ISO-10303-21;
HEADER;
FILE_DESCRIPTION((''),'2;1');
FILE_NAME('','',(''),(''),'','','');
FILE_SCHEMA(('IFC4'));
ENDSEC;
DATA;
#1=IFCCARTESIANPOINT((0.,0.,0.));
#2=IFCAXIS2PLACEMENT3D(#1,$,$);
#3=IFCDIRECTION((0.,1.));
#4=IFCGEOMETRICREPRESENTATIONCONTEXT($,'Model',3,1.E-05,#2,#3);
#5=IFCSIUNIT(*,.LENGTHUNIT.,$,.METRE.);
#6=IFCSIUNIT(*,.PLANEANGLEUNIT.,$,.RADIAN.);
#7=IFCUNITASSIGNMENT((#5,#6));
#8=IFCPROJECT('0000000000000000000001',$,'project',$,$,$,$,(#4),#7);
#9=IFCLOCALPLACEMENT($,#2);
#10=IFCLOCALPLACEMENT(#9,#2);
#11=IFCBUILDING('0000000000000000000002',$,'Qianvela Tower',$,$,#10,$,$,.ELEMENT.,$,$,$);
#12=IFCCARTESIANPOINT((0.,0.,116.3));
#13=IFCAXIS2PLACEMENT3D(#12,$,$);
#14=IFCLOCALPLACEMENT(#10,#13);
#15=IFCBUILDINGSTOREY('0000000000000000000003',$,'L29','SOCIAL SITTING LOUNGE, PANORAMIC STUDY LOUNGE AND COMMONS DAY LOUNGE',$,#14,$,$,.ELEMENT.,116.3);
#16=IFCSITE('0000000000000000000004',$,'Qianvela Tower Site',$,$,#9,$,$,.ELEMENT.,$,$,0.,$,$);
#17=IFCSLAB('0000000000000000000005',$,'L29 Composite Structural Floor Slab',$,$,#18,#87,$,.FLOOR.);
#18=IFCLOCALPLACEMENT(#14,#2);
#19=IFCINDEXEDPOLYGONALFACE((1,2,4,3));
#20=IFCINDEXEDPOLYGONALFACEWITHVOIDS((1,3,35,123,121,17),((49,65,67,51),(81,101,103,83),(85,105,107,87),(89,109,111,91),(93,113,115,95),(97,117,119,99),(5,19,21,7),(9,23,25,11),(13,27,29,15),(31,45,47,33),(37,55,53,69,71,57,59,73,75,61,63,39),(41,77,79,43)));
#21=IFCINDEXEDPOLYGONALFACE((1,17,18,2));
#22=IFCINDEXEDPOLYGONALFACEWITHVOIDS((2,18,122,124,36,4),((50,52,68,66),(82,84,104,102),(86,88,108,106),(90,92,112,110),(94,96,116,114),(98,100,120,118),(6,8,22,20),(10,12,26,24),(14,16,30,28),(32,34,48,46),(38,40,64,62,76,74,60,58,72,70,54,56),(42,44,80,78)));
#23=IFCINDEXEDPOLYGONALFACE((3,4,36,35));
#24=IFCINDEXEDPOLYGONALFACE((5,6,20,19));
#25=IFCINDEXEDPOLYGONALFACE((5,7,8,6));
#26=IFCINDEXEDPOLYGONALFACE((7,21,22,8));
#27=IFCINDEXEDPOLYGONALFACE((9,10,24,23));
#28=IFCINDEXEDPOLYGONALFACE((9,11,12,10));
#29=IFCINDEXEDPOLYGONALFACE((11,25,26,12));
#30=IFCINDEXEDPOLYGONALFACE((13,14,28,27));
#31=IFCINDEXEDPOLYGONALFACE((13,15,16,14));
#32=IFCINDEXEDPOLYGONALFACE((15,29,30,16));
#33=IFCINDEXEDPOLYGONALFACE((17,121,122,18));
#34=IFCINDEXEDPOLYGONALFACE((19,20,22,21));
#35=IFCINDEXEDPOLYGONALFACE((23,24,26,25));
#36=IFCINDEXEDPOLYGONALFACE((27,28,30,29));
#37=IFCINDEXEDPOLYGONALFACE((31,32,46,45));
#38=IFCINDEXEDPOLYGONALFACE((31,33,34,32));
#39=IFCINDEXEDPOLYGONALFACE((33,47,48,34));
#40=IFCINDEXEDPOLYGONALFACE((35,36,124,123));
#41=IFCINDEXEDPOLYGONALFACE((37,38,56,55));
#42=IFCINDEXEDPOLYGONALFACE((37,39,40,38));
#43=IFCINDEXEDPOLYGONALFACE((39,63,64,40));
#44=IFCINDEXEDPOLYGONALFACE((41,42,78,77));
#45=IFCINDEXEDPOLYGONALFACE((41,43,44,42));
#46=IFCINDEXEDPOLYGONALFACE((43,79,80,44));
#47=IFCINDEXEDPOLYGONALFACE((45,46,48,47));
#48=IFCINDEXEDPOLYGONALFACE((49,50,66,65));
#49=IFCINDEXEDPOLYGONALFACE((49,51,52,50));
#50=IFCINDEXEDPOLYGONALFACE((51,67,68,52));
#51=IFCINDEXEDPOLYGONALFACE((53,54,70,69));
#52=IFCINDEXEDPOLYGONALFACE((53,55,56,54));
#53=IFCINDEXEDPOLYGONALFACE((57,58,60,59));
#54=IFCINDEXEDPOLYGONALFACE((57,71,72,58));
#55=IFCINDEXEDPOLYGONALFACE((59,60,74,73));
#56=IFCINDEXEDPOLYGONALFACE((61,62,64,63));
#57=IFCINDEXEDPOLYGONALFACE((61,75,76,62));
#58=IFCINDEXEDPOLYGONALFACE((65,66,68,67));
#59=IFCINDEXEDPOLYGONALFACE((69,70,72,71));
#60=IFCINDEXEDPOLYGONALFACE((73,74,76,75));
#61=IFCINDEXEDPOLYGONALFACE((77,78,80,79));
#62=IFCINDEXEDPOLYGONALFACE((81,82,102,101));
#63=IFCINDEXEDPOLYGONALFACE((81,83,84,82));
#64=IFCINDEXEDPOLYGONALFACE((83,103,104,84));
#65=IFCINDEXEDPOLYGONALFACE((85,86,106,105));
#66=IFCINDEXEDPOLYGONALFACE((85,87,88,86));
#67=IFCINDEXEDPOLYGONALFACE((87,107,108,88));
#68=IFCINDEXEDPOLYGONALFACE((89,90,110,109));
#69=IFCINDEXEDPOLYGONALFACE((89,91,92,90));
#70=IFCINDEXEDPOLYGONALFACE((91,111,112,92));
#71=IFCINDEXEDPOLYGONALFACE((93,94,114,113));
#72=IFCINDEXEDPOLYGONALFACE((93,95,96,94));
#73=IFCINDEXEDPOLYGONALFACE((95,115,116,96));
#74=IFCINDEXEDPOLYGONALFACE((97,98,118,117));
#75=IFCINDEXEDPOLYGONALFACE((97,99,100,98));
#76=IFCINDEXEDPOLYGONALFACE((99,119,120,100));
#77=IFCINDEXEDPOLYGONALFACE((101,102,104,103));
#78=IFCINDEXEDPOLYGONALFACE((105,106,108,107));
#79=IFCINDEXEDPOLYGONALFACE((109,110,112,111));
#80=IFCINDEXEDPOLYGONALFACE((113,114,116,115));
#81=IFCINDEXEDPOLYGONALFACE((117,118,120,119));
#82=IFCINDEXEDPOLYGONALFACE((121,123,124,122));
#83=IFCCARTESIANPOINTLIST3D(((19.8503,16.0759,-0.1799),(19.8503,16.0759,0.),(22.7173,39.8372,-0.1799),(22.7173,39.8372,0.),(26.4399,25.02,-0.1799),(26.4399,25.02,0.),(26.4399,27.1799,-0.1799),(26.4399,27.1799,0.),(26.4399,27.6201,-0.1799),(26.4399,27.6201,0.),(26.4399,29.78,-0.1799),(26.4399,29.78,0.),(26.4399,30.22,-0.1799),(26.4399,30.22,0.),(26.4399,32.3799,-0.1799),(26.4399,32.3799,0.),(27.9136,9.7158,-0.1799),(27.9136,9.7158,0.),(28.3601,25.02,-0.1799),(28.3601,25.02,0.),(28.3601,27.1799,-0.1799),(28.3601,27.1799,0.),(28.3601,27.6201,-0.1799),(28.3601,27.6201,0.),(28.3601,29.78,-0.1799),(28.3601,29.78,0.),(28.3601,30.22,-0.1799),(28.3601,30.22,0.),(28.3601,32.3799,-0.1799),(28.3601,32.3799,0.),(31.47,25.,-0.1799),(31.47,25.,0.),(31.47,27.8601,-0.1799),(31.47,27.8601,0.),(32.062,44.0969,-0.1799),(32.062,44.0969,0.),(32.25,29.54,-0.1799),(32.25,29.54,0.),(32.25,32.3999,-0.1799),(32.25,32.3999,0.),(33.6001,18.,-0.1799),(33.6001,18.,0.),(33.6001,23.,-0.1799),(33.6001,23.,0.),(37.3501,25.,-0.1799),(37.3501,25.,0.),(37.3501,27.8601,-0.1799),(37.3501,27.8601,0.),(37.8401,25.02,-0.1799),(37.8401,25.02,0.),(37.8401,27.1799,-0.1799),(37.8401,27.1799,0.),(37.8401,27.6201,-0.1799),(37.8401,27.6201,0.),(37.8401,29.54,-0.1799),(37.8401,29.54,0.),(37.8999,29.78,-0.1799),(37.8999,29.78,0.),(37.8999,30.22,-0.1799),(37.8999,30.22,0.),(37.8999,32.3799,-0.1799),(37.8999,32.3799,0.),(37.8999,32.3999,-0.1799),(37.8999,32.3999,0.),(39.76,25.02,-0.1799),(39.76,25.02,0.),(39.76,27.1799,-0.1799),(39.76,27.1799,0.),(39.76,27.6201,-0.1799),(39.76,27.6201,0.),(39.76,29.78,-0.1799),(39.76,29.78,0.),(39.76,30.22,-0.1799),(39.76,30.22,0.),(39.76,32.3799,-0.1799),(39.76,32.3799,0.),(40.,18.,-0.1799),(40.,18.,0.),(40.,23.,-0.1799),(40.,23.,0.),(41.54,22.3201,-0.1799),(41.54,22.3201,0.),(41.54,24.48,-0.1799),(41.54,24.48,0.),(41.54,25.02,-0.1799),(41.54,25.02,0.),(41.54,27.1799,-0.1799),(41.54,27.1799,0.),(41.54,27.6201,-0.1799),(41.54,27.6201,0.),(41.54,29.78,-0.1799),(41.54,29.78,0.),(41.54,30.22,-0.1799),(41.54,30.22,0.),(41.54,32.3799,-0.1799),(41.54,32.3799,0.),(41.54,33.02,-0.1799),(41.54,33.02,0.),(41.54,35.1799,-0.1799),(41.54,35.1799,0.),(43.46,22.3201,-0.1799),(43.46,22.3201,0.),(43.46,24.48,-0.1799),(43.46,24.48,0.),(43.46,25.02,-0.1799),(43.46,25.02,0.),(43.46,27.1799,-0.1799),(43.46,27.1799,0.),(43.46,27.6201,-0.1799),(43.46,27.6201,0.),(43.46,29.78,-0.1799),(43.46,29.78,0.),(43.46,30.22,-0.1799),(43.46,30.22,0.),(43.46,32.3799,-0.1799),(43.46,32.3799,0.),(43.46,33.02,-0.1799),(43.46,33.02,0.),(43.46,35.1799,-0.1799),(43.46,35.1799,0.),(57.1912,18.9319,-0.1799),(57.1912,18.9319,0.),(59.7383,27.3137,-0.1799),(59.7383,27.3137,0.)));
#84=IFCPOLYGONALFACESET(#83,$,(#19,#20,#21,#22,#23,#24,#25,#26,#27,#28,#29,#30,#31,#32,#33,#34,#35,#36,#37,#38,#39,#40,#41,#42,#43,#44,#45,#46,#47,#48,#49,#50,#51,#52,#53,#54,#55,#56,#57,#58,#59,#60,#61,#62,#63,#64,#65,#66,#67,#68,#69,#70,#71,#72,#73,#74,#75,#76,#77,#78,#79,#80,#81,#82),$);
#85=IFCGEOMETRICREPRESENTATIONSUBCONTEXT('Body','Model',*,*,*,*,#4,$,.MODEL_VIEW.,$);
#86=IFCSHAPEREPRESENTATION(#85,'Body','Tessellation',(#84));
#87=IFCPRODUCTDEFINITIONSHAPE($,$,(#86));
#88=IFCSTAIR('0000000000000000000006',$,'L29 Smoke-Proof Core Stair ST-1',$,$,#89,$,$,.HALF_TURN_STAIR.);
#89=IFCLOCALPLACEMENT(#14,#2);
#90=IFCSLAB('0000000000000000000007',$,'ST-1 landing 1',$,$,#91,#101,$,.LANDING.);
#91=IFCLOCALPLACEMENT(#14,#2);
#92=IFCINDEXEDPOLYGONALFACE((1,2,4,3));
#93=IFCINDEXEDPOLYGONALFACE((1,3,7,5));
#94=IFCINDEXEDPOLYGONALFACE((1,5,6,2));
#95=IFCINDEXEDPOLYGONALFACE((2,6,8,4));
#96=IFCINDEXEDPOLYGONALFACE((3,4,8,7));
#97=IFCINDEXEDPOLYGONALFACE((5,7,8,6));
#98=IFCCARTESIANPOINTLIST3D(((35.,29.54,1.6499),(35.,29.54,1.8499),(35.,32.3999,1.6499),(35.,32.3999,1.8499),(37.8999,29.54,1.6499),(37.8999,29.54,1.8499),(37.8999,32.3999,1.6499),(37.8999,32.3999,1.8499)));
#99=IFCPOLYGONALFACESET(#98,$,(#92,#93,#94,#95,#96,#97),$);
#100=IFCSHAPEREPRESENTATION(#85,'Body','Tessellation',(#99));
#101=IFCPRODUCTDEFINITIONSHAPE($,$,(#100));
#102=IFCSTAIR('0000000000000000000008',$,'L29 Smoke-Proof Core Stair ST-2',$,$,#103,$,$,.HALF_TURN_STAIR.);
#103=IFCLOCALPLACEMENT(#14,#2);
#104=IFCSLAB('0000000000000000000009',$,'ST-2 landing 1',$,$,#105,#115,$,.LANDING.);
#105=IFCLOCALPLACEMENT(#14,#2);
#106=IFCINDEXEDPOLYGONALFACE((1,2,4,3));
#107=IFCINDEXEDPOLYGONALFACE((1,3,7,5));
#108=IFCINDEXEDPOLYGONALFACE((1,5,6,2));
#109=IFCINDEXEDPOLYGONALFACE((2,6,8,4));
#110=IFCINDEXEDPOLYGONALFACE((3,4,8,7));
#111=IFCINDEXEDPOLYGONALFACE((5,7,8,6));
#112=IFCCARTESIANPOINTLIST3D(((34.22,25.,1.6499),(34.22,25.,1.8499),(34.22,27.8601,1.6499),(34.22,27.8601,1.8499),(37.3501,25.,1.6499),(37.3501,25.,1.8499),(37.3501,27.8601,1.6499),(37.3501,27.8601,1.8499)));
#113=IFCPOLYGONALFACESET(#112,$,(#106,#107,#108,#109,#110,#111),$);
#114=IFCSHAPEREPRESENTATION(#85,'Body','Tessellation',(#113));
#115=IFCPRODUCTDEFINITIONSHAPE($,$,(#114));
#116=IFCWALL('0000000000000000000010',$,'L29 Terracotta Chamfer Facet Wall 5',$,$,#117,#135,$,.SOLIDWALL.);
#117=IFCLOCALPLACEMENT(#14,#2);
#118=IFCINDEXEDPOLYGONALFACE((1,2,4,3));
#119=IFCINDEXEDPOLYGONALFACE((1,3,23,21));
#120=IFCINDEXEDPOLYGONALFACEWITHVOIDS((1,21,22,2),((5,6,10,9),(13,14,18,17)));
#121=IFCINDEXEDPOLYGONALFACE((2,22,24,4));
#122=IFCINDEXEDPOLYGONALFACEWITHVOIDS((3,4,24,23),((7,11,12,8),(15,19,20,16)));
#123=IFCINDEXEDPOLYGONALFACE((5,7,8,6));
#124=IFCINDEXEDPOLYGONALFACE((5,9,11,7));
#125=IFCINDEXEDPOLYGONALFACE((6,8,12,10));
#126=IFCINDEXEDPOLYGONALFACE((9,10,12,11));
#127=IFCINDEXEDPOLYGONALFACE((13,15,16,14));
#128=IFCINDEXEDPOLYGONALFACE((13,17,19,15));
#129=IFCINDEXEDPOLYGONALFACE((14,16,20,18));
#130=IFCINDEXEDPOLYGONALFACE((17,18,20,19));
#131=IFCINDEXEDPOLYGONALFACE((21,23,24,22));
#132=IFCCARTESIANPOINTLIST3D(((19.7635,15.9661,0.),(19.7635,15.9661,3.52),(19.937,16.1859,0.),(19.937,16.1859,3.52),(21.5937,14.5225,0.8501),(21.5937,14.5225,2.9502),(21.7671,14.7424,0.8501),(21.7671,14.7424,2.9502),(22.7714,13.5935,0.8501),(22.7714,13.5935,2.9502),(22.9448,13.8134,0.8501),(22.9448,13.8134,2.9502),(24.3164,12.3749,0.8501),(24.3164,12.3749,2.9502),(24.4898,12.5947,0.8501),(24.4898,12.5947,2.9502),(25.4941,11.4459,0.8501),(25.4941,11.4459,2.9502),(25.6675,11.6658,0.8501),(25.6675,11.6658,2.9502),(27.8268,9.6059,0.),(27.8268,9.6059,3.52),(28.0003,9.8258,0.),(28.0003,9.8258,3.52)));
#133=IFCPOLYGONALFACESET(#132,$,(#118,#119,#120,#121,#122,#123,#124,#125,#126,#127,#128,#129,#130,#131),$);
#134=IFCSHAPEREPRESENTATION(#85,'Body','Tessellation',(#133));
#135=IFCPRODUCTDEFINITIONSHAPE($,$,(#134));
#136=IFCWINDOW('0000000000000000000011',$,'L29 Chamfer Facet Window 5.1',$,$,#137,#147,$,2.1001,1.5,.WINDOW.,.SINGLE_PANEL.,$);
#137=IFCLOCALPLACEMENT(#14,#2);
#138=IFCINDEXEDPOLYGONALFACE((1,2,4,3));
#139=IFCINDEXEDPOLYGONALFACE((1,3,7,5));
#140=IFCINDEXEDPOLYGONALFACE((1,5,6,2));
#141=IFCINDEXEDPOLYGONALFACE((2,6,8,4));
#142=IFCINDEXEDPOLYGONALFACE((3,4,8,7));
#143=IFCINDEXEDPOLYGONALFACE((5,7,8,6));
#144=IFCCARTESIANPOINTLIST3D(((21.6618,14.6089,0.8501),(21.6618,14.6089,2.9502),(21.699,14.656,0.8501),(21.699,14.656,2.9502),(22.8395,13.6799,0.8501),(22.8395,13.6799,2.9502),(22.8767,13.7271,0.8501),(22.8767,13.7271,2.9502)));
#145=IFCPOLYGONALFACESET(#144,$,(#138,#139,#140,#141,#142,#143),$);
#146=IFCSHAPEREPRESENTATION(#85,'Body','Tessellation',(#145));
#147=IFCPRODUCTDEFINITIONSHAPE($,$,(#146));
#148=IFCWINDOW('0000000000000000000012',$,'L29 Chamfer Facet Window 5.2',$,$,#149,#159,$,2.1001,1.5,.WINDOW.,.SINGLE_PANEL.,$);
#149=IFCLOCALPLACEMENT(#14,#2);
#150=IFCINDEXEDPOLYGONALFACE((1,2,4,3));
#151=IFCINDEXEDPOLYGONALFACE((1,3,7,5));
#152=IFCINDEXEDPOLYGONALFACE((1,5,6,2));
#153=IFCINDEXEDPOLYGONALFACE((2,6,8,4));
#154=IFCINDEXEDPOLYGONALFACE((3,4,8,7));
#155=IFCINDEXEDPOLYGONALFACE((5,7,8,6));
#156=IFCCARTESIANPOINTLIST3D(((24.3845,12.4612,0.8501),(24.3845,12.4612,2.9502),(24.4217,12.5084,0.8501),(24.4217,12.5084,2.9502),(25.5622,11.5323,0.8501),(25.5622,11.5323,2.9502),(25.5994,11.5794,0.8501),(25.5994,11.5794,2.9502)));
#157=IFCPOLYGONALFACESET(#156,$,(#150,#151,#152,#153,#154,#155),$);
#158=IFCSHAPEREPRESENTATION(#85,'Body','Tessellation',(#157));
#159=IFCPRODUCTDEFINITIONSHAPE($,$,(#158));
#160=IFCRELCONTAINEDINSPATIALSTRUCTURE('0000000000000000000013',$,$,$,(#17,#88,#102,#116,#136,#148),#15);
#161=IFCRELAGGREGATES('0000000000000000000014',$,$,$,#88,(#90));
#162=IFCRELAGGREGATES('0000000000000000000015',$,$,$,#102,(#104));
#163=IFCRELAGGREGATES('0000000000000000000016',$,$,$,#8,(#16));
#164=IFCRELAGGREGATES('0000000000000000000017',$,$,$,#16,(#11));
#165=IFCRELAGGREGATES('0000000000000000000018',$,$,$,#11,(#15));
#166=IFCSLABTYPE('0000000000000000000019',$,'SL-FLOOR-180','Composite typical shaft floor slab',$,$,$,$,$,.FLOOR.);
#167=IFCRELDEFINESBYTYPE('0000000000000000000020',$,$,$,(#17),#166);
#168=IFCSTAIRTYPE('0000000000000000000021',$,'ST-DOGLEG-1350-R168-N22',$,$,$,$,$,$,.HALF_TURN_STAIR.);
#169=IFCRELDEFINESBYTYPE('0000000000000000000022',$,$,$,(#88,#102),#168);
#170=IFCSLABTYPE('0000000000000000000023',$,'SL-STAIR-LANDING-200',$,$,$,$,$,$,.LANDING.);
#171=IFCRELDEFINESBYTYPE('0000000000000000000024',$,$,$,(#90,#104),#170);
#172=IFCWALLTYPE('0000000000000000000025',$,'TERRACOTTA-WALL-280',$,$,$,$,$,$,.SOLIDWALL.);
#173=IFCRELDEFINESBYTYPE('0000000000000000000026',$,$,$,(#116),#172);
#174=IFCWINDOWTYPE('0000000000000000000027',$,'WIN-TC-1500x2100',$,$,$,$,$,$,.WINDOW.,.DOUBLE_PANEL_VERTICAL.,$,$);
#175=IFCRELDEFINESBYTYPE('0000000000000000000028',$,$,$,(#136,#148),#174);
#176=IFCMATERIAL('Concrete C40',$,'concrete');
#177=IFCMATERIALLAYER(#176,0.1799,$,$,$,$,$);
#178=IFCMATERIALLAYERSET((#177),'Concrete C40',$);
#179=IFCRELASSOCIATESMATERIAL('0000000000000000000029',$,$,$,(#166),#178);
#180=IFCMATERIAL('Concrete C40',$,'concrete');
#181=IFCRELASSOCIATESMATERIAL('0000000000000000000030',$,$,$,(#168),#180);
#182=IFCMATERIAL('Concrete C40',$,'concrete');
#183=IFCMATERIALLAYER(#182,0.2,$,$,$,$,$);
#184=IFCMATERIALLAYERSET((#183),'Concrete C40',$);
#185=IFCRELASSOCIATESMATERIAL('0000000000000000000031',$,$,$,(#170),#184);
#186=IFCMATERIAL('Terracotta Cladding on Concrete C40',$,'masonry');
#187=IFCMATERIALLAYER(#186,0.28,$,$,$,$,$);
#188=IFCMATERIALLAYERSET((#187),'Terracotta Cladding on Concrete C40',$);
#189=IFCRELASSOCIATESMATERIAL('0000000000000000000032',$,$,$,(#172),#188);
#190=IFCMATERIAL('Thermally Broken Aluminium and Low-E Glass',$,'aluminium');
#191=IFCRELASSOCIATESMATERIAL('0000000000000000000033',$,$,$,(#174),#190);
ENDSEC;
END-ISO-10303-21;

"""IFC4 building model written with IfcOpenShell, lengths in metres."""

from ifc_helpers import new_model, si_unit, direction, frame, frame_2d, origin, place, context, subcontext, project, spatial, polyline, rectangle, outline, extrude, material, layer, layer_set, type_object, element, fill, aggregate, save


model = new_model("IFC4")

# Units and contexts
model_context = context("Model", 3, precision=1e-05, world=origin(), true_north=direction((0.0, 1.0)))
body_context = subcontext(model_context, "Body", "Model", "MODEL_VIEW")
ifc_project = project(units=[si_unit("LENGTHUNIT", "METRE"), si_unit("PLANEANGLEUNIT", "RADIAN")], contexts=[model_context])

# Site, building, storey
site_placement = place(None, origin())
site = spatial("IfcSite", under=ifc_project, at=site_placement, Name="Qianvela Tower Site", CompositionType="ELEMENT", RefElevation=0.0)
building_placement = place(site_placement, origin())
building = spatial("IfcBuilding", under=site, at=building_placement, Name="Qianvela Tower", CompositionType="ELEMENT")
storey_placement = place(building_placement, frame((0.0, 0.0, 116.3)))
storey = spatial("IfcBuildingStorey", under=building, at=storey_placement, Name="L29", Description="SOCIAL SITTING LOUNGE, PANORAMIC STUDY LOUNGE AND COMMONS DAY LOUNGE", CompositionType="ELEMENT", Elevation=116.3)

# Slab
ifc_material_1 = material(Name="Concrete C40", Category="concrete")
ifc_layer_1 = layer(ifc_material_1, 0.1799)
ifc_layer_set_1 = layer_set([ifc_layer_1], Name="Concrete C40")
slab_type_1 = type_object("IfcSlabType", Name="SL-FLOOR-180", Description="Composite typical shaft floor slab", PredefinedType="FLOOR", material=ifc_layer_set_1)
slab_1_placement = place(storey_placement, frame((0.0, 0.0, -0.1799)))
element("IfcSlab", 1, at=slab_1_placement, inside=storey, type_object=slab_type_1, Name="L29 Composite Structural Floor Slab", PredefinedType="FLOOR", context=body_context, shape_type="SweptSolid", body=[
    extrude(outline(polyline([(57.1912, 18.9319), (59.7383, 27.3137), (32.062, 44.0969), (22.7173, 39.8372), (19.8503, 16.0759), (27.9136, 9.7158), (57.1912, 18.9319)]), holes=[polyline([(40.0, 23.0), (33.6001, 23.0), (33.6001, 18.0), (40.0, 18.0), (40.0, 23.0)]), polyline([(28.3601, 25.02), (28.3601, 27.1799), (26.4399, 27.1799), (26.4399, 25.02), (28.3601, 25.02)]), polyline([(37.3501, 25.0), (37.3501, 27.8601), (31.47, 27.8601), (31.47, 25.0), (37.3501, 25.0)]), polyline([(28.3601, 27.6201), (28.3601, 29.78), (26.4399, 29.78), (26.4399, 27.6201), (28.3601, 27.6201)]), polyline([(37.8999, 32.3799), (37.8999, 32.3999), (32.25, 32.3999), (32.25, 29.54), (37.8401, 29.54), (37.8401, 27.6201), (39.76, 27.6201), (39.76, 29.78), (37.8999, 29.78), (37.8999, 30.22), (39.76, 30.22), (39.76, 32.3799), (37.8999, 32.3799)]), polyline([(28.3601, 30.22), (28.3601, 32.3799), (26.4399, 32.3799), (26.4399, 30.22), (28.3601, 30.22)]), polyline([(43.46, 24.48), (41.54, 24.48), (41.54, 22.3201), (43.46, 22.3201), (43.46, 24.48)]), polyline([(39.76, 25.02), (39.76, 27.1799), (37.8401, 27.1799), (37.8401, 25.02), (39.76, 25.02)]), polyline([(43.46, 25.02), (43.46, 27.1799), (41.54, 27.1799), (41.54, 25.02), (43.46, 25.02)]), polyline([(43.46, 27.6201), (43.46, 29.78), (41.54, 29.78), (41.54, 27.6201), (43.46, 27.6201)]), polyline([(43.46, 30.22), (43.46, 32.3799), (41.54, 32.3799), (41.54, 30.22), (43.46, 30.22)]), polyline([(43.46, 33.02), (43.46, 35.1799), (41.54, 35.1799), (41.54, 33.02), (43.46, 33.02)])]), origin(), (0.0, 0.0, 1.0), 0.1799),
])

# Stairs, slabs
ifc_material_2 = material(Name="Concrete C40", Category="concrete")
stair_type = type_object("IfcStairType", Name="ST-DOGLEG-1350-R168-N22", PredefinedType="HALF_TURN_STAIR", material=ifc_material_2)
stair_1_placement = place(storey_placement, origin())
stair_1 = element("IfcStair", 2, at=stair_1_placement, inside=storey, type_object=stair_type, Name="L29 Smoke-Proof Core Stair ST-1", PredefinedType="HALF_TURN_STAIR")
ifc_material_3 = material(Name="Concrete C40", Category="concrete")
ifc_layer_2 = layer(ifc_material_3, 0.2)
ifc_layer_set_2 = layer_set([ifc_layer_2], Name="Concrete C40")
slab_type_2 = type_object("IfcSlabType", Name="SL-STAIR-LANDING-200", PredefinedType="LANDING", material=ifc_layer_set_2)
slab_2_placement = place(storey_placement, frame((0.0, 0.0, 1.6499)))
slab_2 = element("IfcSlab", 3, at=slab_2_placement, type_object=slab_type_2, Name="ST-1 landing 1", PredefinedType="LANDING", context=body_context, shape_type="SweptSolid", body=[
    extrude(outline(polyline([(35.0, 29.54), (37.8999, 29.54), (37.8999, 32.3999), (35.0, 32.3999), (35.0, 29.54)])), origin(), (0.0, 0.0, 1.0), 0.2),
])
aggregate(stair_1, [slab_2])
stair_2_placement = place(storey_placement, origin())
stair_2 = element("IfcStair", 4, at=stair_2_placement, inside=storey, type_object=stair_type, Name="L29 Smoke-Proof Core Stair ST-2", PredefinedType="HALF_TURN_STAIR")
slab_3_placement = place(storey_placement, frame((0.0, 0.0, 1.6499)))
slab_3 = element("IfcSlab", 5, at=slab_3_placement, type_object=slab_type_2, Name="ST-2 landing 1", PredefinedType="LANDING", context=body_context, shape_type="SweptSolid", body=[
    extrude(outline(polyline([(34.22, 25.0), (37.3501, 25.0), (37.3501, 27.8601), (34.22, 27.8601), (34.22, 25.0)])), origin(), (0.0, 0.0, 1.0), 0.2),
])
aggregate(stair_2, [slab_3])

# Wall, openings, windows
ifc_material_4 = material(Name="Terracotta Cladding on Concrete C40", Category="masonry")
ifc_layer_3 = layer(ifc_material_4, 0.28)
ifc_layer_set_3 = layer_set([ifc_layer_3], Name="Terracotta Cladding on Concrete C40")
wall_type = type_object("IfcWallType", Name="TERRACOTTA-WALL-280", PredefinedType="SOLIDWALL", material=ifc_layer_set_3)
wall_placement = place(storey_placement, frame((19.8503, 16.0759, 0.0), z_axis=(0.0, 0.0, 1.0), x_axis=(0.785148, -0.619308, 0.0)))
wall = element("IfcWall", 6, at=wall_placement, inside=storey, type_object=wall_type, Name="L29 Terracotta Chamfer Facet Wall 5", PredefinedType="SOLIDWALL", context=body_context, shape_type="SweptSolid", body=[
    extrude(rectangle(XDim=10.2698, YDim=0.28, at=frame_2d((5.1348, 0.0))), origin(), (0.0, 0.0, 1.0), 3.52),
])
opening_1_placement = place(wall_placement, frame((2.3308, 0.0, 0.8501)))
opening_1 = element("IfcOpeningElement", 7, at=opening_1_placement, cuts=wall, PredefinedType="OPENING", context=body_context, shape_type="SweptSolid", body=[
    extrude(rectangle(XDim=1.5, YDim=2.1001, at=frame_2d((0.75, 1.05))), frame((0.0, 0.1499, 0.0), z_axis=(0.0, -1.0, 0.0), x_axis=(1.0, 0.0, 0.0)), (0.0, 0.0, 1.0), 0.3),
])
opening_2_placement = place(wall_placement, frame((5.7986, 0.0, 0.8501)))
opening_2 = element("IfcOpeningElement", 8, at=opening_2_placement, cuts=wall, PredefinedType="OPENING", context=body_context, shape_type="SweptSolid", body=[
    extrude(rectangle(XDim=1.5, YDim=2.1001, at=frame_2d((0.75, 1.05))), frame((0.0, 0.1499, 0.0), z_axis=(0.0, -1.0, 0.0), x_axis=(1.0, 0.0, 0.0)), (0.0, 0.0, 1.0), 0.3),
])
ifc_material_5 = material(Name="Thermally Broken Aluminium and Low-E Glass", Category="aluminium")
window_type = type_object("IfcWindowType", Name="WIN-TC-1500x2100", PartitioningType="DOUBLE_PANEL_VERTICAL", PredefinedType="WINDOW", material=ifc_material_5)
window_1_placement = place(opening_1_placement, origin())
window_1 = element("IfcWindow", 9, at=window_1_placement, inside=storey, type_object=window_type, Name="L29 Chamfer Facet Window 5.1", OverallHeight=2.1001, OverallWidth=1.5, PartitioningType="SINGLE_PANEL", PredefinedType="WINDOW", context=body_context, shape_type="SweptSolid", body=[
    extrude(rectangle(XDim=1.5, YDim=2.1001, at=frame_2d((0.75, 1.05))), frame((0.0, 0.03, 0.0), z_axis=(0.0, -1.0, 0.0), x_axis=(1.0, 0.0, 0.0)), (0.0, 0.0, 1.0), 0.0601),
])
fill(opening_1, window_1)
window_2_placement = place(opening_2_placement, origin())
window_2 = element("IfcWindow", 10, at=window_2_placement, inside=storey, type_object=window_type, Name="L29 Chamfer Facet Window 5.2", OverallHeight=2.1001, OverallWidth=1.5, PartitioningType="SINGLE_PANEL", PredefinedType="WINDOW", context=body_context, shape_type="SweptSolid", body=[
    extrude(rectangle(XDim=1.5, YDim=2.1001, at=frame_2d((0.75, 1.05))), frame((0.0, 0.03, 0.0), z_axis=(0.0, -1.0, 0.0), x_axis=(1.0, 0.0, 0.0)), (0.0, 0.0, 1.0), 0.0601),
])
fill(opening_2, window_2)

save(model, "model.ifc")
